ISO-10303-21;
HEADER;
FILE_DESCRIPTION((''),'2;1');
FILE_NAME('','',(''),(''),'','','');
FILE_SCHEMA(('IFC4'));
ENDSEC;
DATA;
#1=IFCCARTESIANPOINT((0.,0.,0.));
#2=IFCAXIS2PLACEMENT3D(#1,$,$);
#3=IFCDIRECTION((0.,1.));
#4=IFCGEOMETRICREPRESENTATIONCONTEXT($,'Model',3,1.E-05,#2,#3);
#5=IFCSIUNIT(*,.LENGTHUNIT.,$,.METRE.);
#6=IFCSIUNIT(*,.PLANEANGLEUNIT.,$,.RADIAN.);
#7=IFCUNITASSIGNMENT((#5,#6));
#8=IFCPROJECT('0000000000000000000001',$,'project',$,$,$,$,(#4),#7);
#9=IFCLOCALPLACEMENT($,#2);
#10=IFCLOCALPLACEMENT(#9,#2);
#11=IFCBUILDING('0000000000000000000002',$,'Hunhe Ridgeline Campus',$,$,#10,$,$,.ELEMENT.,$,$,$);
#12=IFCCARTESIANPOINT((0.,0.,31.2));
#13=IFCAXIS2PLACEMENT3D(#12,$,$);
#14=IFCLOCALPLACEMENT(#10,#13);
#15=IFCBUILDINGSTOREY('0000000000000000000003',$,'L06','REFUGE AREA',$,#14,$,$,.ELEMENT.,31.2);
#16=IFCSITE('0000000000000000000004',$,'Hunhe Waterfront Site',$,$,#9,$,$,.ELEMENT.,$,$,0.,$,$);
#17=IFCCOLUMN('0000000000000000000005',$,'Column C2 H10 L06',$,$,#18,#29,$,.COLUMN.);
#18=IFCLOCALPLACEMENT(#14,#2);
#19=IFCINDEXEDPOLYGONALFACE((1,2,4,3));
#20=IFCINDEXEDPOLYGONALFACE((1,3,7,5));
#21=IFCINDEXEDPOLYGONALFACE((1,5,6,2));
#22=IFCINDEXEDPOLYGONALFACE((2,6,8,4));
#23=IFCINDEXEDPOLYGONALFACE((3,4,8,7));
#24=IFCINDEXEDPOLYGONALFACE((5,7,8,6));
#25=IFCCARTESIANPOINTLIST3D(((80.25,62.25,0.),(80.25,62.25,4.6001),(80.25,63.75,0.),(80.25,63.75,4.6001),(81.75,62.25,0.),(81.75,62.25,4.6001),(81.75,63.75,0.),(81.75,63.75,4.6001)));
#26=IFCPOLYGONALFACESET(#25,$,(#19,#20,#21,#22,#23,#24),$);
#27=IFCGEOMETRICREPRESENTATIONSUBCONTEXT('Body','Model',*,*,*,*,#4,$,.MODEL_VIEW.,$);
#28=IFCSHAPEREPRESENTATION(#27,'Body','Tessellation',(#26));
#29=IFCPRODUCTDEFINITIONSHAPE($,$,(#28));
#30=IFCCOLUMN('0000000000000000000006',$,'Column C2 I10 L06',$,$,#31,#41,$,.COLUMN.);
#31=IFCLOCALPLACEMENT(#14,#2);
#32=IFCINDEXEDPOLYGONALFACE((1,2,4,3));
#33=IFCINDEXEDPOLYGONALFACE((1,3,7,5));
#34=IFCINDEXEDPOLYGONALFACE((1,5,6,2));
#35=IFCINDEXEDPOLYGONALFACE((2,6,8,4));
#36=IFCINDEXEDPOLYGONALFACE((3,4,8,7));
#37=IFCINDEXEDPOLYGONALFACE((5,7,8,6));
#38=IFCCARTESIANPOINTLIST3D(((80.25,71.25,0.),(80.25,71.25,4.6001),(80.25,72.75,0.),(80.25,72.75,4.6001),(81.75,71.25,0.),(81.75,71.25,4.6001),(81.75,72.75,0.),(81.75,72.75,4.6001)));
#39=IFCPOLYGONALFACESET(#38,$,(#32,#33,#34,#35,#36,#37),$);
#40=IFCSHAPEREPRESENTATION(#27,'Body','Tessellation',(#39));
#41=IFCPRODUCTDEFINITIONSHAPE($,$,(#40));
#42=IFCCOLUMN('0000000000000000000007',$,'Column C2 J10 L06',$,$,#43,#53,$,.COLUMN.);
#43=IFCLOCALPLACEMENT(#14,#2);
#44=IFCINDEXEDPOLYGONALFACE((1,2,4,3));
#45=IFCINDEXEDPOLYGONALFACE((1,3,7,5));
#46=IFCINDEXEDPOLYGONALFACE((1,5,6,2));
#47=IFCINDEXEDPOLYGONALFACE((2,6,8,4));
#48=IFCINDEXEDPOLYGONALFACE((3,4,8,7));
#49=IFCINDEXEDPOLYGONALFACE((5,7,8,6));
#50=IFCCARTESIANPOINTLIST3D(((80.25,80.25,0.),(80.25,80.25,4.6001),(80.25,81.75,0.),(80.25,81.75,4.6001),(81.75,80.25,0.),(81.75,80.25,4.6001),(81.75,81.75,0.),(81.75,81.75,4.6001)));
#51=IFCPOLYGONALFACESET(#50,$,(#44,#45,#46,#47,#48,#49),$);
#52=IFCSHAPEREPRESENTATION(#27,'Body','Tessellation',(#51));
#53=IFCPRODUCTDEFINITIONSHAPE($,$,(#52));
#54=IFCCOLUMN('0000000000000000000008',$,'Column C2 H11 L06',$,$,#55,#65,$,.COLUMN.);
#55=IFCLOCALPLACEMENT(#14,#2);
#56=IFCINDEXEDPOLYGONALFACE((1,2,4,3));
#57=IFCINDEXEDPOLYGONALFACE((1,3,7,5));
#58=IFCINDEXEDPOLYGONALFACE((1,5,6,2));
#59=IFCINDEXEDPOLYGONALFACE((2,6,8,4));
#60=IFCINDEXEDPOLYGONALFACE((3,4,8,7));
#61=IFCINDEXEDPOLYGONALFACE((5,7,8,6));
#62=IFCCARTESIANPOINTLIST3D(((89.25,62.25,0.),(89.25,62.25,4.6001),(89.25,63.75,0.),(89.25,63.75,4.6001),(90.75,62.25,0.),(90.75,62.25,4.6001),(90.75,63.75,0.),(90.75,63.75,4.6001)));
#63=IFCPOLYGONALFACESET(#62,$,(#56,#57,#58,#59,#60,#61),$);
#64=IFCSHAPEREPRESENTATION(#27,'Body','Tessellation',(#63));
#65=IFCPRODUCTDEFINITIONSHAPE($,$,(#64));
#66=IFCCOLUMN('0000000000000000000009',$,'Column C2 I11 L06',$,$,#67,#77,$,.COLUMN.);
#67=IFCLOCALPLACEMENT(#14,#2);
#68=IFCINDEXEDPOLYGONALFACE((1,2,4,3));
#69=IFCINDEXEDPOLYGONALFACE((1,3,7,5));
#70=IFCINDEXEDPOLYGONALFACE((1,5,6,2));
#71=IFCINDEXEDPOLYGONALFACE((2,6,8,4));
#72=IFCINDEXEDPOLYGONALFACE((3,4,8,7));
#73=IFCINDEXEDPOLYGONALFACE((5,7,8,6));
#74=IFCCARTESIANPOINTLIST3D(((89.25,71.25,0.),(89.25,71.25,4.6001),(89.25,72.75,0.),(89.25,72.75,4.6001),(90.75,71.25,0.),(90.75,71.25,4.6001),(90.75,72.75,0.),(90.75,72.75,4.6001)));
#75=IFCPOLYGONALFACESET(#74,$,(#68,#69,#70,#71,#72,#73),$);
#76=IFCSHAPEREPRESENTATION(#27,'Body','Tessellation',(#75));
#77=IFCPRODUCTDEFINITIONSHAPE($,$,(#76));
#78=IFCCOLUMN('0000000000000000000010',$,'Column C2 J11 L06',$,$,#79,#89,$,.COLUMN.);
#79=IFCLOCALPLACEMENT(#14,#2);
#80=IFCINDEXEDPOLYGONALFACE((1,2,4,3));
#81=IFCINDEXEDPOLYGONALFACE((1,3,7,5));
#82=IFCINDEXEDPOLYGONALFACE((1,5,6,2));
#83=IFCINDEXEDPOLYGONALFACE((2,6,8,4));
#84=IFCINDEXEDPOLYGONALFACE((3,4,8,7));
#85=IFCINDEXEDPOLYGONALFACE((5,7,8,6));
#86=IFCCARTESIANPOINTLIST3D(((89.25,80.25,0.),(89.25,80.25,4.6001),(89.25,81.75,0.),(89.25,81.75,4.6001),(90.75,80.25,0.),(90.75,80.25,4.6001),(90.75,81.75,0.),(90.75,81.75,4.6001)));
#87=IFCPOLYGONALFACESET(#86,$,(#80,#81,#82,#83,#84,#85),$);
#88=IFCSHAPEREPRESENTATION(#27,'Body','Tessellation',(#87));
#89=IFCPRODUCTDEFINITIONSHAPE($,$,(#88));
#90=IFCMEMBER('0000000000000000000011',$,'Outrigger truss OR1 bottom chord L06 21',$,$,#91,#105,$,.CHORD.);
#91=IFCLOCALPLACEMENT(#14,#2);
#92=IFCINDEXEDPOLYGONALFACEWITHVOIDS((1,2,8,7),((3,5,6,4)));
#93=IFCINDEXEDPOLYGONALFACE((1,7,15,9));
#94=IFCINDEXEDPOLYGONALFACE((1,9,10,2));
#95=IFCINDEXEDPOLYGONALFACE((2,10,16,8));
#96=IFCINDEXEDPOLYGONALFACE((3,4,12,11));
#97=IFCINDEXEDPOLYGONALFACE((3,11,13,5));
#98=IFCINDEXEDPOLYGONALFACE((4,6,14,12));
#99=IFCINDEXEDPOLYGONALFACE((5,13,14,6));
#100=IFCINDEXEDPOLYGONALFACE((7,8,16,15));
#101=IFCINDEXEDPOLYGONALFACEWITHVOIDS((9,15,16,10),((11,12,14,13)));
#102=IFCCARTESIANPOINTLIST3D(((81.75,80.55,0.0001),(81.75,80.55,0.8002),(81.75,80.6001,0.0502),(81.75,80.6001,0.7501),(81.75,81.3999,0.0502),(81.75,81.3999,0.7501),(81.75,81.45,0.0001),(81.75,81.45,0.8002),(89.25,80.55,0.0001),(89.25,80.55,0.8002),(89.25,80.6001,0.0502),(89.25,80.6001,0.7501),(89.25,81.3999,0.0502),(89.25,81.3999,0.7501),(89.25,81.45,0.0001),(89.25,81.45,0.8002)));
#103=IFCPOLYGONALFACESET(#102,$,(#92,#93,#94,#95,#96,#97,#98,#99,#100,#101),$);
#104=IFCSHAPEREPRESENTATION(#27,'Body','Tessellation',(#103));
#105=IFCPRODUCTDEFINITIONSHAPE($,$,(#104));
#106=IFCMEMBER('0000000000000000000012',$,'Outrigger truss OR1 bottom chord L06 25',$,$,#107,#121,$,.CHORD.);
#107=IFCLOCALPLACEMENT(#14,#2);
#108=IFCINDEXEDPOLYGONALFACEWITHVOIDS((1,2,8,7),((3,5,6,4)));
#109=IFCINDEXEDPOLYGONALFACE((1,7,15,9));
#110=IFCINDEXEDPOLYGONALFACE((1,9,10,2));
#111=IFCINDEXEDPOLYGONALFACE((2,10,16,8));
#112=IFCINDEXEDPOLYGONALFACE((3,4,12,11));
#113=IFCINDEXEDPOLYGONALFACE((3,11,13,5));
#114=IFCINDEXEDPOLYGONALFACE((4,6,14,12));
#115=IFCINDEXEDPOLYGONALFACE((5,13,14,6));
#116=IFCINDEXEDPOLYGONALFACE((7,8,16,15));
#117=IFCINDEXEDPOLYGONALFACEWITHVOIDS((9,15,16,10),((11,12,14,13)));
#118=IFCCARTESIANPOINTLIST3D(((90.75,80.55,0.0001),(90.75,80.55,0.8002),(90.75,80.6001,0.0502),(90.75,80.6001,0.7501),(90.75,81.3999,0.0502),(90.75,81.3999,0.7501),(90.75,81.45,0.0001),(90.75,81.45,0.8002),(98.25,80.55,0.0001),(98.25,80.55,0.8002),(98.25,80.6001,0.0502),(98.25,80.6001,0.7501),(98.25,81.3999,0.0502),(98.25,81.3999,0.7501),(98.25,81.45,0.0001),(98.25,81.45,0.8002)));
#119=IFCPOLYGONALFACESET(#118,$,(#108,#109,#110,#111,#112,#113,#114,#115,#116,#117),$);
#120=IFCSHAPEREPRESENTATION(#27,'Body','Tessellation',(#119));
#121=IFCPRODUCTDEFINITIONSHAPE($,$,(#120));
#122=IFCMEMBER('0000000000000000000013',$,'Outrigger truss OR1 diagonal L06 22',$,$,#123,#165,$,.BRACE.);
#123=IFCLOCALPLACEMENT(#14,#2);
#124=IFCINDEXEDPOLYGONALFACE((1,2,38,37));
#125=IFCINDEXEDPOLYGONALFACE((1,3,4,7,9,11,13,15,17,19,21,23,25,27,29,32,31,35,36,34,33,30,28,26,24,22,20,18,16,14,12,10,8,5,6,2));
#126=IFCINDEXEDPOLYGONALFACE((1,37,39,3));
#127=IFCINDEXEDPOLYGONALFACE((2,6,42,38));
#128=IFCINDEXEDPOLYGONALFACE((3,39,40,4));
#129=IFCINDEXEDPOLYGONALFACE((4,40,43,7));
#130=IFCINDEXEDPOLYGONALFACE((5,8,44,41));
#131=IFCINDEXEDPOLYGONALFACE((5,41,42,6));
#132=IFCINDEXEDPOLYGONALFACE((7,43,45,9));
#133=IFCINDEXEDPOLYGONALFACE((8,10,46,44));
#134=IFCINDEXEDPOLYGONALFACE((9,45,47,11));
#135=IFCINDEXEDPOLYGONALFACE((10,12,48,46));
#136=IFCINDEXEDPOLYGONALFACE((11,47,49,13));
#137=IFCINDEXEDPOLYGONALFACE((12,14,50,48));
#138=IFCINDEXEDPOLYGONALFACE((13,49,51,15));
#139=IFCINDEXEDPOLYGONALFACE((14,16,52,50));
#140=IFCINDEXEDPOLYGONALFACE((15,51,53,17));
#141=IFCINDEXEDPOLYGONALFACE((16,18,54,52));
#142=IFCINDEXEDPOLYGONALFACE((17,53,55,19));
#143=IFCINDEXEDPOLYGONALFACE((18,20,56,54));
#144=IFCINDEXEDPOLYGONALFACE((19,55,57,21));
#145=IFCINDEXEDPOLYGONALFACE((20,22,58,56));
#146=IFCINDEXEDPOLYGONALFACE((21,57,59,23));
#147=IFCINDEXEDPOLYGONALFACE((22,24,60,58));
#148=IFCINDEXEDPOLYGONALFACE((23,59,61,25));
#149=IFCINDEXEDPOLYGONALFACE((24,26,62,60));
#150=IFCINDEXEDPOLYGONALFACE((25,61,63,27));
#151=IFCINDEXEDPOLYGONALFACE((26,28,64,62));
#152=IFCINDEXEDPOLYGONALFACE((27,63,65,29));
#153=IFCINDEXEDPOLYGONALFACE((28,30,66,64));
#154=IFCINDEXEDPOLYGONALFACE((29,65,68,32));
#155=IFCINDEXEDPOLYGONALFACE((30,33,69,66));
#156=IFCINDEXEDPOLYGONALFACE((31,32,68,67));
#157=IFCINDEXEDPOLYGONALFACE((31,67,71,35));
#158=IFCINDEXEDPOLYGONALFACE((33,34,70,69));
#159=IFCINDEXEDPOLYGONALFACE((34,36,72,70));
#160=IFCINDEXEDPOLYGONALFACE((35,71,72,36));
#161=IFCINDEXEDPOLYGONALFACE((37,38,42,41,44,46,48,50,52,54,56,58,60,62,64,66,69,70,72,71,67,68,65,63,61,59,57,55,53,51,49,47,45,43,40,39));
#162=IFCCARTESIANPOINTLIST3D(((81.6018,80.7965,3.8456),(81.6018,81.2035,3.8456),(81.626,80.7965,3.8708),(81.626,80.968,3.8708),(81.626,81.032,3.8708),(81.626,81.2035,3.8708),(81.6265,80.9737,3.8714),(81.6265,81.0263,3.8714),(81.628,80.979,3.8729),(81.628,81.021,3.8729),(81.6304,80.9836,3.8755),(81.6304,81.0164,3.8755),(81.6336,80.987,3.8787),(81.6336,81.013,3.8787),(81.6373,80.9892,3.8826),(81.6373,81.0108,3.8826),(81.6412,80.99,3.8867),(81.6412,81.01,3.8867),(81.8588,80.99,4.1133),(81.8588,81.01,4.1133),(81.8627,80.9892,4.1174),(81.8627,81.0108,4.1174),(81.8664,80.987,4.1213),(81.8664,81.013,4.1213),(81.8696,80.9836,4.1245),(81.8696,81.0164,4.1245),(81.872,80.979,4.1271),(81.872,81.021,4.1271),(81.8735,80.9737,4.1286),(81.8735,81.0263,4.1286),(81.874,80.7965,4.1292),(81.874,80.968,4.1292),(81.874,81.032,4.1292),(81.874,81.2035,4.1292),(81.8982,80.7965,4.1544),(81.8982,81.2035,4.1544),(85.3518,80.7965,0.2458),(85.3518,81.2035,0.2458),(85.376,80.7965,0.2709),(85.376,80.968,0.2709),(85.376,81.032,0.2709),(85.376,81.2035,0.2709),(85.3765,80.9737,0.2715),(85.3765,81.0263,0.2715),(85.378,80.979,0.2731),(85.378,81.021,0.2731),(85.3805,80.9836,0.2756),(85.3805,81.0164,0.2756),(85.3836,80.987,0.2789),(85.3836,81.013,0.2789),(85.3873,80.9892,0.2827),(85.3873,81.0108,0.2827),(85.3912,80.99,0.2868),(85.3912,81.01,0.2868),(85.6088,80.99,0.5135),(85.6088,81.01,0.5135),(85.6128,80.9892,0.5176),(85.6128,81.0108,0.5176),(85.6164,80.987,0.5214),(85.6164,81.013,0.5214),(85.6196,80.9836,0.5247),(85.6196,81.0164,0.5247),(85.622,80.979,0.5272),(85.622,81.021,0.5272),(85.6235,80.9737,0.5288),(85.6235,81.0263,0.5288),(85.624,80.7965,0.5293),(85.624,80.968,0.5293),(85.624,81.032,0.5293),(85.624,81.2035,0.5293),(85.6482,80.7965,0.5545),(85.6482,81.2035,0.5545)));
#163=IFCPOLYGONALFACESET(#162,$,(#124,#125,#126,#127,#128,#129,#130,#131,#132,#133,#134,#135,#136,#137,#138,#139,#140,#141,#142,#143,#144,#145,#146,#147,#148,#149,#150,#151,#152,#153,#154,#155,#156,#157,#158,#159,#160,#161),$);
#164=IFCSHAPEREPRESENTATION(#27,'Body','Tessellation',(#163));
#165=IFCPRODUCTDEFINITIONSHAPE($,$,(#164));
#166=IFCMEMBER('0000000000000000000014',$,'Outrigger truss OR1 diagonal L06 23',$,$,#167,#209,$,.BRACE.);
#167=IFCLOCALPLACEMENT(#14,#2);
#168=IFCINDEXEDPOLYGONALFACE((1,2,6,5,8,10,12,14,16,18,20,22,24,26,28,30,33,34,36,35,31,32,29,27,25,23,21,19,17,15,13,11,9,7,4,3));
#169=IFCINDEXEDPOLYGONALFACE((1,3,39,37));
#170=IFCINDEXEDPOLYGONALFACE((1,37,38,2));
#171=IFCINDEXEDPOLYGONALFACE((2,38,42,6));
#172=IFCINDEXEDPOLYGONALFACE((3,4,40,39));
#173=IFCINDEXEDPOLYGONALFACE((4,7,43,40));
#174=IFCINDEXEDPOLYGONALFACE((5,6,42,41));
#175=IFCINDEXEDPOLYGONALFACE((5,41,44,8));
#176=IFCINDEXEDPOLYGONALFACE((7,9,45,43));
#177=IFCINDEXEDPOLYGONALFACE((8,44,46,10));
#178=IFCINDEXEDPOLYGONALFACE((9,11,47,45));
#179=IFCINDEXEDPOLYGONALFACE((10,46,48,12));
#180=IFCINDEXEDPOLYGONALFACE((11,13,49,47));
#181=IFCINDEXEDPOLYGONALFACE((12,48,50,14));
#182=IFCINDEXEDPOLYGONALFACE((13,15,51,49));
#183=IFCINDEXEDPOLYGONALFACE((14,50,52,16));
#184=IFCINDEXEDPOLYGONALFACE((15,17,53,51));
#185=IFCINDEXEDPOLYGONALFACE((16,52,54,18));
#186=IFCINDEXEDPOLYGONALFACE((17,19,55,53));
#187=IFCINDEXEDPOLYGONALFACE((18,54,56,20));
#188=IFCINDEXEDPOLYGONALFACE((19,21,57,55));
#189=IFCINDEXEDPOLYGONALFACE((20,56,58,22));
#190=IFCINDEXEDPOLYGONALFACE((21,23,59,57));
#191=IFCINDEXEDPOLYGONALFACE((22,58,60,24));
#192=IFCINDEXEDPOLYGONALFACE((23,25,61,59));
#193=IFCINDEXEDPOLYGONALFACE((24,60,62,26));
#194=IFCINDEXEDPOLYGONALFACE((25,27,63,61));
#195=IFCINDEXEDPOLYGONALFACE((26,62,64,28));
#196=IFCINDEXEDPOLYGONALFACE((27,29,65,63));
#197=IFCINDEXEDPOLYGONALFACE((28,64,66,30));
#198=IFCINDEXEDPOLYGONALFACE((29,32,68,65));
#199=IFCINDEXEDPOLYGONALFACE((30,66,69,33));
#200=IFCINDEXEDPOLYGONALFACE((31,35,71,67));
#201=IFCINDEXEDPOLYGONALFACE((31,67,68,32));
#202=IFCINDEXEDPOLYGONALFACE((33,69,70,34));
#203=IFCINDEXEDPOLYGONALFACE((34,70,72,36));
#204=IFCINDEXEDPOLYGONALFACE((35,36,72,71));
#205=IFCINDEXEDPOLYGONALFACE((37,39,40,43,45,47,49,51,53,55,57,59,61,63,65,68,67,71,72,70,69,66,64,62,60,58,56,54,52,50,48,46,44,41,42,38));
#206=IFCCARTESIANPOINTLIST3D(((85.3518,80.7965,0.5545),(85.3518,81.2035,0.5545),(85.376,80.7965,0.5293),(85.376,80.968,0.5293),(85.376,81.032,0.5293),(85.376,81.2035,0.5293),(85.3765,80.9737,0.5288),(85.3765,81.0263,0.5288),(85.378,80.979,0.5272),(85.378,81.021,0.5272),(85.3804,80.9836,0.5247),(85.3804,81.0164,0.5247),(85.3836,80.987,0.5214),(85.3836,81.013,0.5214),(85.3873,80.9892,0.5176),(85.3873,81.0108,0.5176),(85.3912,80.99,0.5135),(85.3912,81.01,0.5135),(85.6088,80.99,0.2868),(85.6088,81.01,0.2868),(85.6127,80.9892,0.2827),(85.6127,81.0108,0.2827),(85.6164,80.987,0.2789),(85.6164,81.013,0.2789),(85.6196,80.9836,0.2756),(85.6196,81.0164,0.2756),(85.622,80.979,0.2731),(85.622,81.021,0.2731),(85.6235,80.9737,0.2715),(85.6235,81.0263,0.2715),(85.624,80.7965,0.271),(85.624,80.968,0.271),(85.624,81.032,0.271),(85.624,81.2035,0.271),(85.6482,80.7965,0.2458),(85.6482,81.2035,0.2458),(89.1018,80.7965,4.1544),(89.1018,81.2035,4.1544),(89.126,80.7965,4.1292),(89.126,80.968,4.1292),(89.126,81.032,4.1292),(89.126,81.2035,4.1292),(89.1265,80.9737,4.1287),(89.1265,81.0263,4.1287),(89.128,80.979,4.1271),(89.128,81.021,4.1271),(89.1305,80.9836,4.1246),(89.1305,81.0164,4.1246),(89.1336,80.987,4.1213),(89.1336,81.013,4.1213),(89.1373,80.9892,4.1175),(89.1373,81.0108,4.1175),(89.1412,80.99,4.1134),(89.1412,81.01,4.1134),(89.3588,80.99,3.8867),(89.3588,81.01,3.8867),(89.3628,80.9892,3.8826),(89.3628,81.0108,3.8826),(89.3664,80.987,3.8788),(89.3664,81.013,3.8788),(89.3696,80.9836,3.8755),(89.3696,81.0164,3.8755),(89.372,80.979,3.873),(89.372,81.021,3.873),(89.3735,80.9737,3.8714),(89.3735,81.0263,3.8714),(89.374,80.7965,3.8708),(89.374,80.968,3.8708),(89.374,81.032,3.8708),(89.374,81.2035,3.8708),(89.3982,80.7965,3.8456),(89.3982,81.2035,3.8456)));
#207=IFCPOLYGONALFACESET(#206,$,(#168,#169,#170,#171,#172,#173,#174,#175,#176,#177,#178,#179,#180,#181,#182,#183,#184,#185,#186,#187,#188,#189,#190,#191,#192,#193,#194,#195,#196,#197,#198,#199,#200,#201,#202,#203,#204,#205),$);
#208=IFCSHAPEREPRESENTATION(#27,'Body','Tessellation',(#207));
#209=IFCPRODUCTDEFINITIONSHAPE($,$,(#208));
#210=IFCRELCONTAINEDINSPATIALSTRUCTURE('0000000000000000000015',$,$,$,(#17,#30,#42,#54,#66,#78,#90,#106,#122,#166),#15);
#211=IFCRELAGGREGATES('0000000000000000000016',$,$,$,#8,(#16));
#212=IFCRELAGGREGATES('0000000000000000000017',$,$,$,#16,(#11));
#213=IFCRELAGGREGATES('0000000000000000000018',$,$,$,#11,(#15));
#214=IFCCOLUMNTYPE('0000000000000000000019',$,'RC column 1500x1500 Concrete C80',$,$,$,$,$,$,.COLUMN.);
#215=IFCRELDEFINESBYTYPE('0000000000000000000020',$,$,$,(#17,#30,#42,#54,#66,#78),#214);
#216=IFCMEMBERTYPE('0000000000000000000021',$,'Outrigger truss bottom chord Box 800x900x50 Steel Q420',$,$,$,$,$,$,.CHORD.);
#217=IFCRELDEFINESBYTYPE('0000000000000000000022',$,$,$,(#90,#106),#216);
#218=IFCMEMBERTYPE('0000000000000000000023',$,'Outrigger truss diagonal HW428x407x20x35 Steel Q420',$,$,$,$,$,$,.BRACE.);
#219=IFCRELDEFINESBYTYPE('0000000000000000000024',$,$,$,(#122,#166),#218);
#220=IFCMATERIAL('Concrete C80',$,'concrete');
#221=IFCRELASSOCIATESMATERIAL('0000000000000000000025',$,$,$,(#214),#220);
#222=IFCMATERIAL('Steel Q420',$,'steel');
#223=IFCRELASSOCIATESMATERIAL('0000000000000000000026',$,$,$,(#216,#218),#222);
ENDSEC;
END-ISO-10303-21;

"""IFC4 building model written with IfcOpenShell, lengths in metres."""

from ifc_helpers import new_model, si_unit, direction, frame, origin, origin_2d, place, context, subcontext, project, spatial, rectangle, hollow_rectangle, i_section, extrude, material, material_profile, profile_set, type_object, element, save


model = new_model("IFC4")

# Units and contexts
model_context = context("Model", 3, precision=1e-05, world=origin(), true_north=direction((0.0, 1.0)))
body_context = subcontext(model_context, "Body", "Model", "MODEL_VIEW")
ifc_project = project(units=[si_unit("LENGTHUNIT", "METRE"), si_unit("PLANEANGLEUNIT", "RADIAN")], contexts=[model_context])

# Site, building, storey
site_placement = place(None, origin())
site = spatial("IfcSite", under=ifc_project, at=site_placement, Name="Hunhe Waterfront Site", CompositionType="ELEMENT", RefElevation=0.0)
building_placement = place(site_placement, origin())
building = spatial("IfcBuilding", under=site, at=building_placement, Name="Hunhe Ridgeline Campus", CompositionType="ELEMENT")
storey_placement = place(building_placement, frame((0.0, 0.0, 31.2)))
storey = spatial("IfcBuildingStorey", under=building, at=storey_placement, Name="L06", Description="REFUGE AREA", CompositionType="ELEMENT", Elevation=31.2)

# Columns
ifc_material_1 = material(Name="Concrete C80", Category="concrete")
ifc_material_profile_1 = material_profile(ifc_material_1, rectangle(XDim=1.5, YDim=1.5, at=origin_2d()))
ifc_profile_set_1 = profile_set([ifc_material_profile_1], Name="Concrete C80")
column_type = type_object("IfcColumnType", Name="RC column 1500x1500 Concrete C80", PredefinedType="COLUMN", material=ifc_profile_set_1)
for number, where, z_axis, x_axis, name in (
    (1, (81.0, 63.0, 0.0), (0.0, 0.0, 1.0), (1.0, 0.0, 0.0), "Column C2 H10 L06"),
    (2, (81.0, 72.0, 0.0), (0.0, 0.0, 1.0), (1.0, 0.0, 0.0), "Column C2 I10 L06"),
    (3, (81.0, 81.0, 0.0), (0.0, 0.0, 1.0), (1.0, 0.0, 0.0), "Column C2 J10 L06"),
    (4, (90.0, 63.0, 0.0), (0.0, 0.0, 1.0), (1.0, 0.0, 0.0), "Column C2 H11 L06"),
    (5, (90.0, 72.0, 0.0), (0.0, 0.0, 1.0), (1.0, 0.0, 0.0), "Column C2 I11 L06"),
    (6, (90.0, 81.0, 0.0), (0.0, 0.0, 1.0), (1.0, 0.0, 0.0), "Column C2 J11 L06"),
):
    element("IfcColumn", number, at=place(storey_placement, frame(where, z_axis=z_axis, x_axis=x_axis)), inside=storey, type_object=column_type, Name=name, PredefinedType="COLUMN", context=body_context, shape_type="SweptSolid", body=[
        extrude(rectangle(XDim=1.5, YDim=1.5, at=origin_2d()), origin(), (0.0, 0.0, 1.0), 4.6001),
    ])

# Members
ifc_material_2 = material(Name="Steel Q420", Category="steel")
ifc_material_profile_2 = material_profile(ifc_material_2, hollow_rectangle(XDim=0.8999, YDim=0.8, WallThickness=0.05, at=origin_2d()))
ifc_profile_set_2 = profile_set([ifc_material_profile_2], Name="Steel Q420")
member_type_1 = type_object("IfcMemberType", Name="Outrigger truss bottom chord Box 800x900x50 Steel Q420", PredefinedType="CHORD", material=ifc_profile_set_2)
for number, where, z_axis, x_axis, name in (
    (7, (81.75, 81.0, 0.4001), (1.0, 0.0, 0.0), (0.0, 1.0, 0.0), "Outrigger truss OR1 bottom chord L06 21"),
    (8, (90.75, 81.0, 0.4001), (1.0, 0.0, 0.0), (0.0, 1.0, 0.0), "Outrigger truss OR1 bottom chord L06 25"),
):
    element("IfcMember", number, at=place(storey_placement, frame(where, z_axis=z_axis, x_axis=x_axis)), inside=storey, type_object=member_type_1, Name=name, PredefinedType="CHORD", context=body_context, shape_type="SweptSolid", body=[
        extrude(hollow_rectangle(XDim=0.8999, YDim=0.8, WallThickness=0.05, at=origin_2d()), origin(), (0.0, 0.0, 1.0), 7.5),
    ])
ifc_material_profile_3 = material_profile(ifc_material_2, i_section(OverallWidth=0.407, OverallDepth=0.428, WebThickness=0.02, FlangeThickness=0.0349, FilletRadius=0.022, at=origin_2d()))
ifc_profile_set_3 = profile_set([ifc_material_profile_3], Name="Steel Q420")
member_type_2 = type_object("IfcMemberType", Name="Outrigger truss diagonal HW428x407x20x35 Steel Q420", PredefinedType="BRACE", material=ifc_profile_set_3)
for number, where, z_axis, x_axis, name in (
    (9, (81.75, 81.0, 4.0), (0.721401, 0.0, -0.692517), (0.0, 1.0, 0.0), "Outrigger truss OR1 diagonal L06 22"),
    (10, (85.5, 81.0, 0.4001), (0.721401, 0.0, 0.692517), (0.0, 1.0, 0.0), "Outrigger truss OR1 diagonal L06 23"),
):
    element("IfcMember", number, at=place(storey_placement, frame(where, z_axis=z_axis, x_axis=x_axis)), inside=storey, type_object=member_type_2, Name=name, PredefinedType="BRACE", context=body_context, shape_type="SweptSolid", body=[
        extrude(i_section(OverallWidth=0.407, OverallDepth=0.428, WebThickness=0.02, FlangeThickness=0.0349, FilletRadius=0.022, at=origin_2d()), origin(), (0.0, 0.0, 1.0), 5.1982),
    ])

save(model, "model.ifc")
